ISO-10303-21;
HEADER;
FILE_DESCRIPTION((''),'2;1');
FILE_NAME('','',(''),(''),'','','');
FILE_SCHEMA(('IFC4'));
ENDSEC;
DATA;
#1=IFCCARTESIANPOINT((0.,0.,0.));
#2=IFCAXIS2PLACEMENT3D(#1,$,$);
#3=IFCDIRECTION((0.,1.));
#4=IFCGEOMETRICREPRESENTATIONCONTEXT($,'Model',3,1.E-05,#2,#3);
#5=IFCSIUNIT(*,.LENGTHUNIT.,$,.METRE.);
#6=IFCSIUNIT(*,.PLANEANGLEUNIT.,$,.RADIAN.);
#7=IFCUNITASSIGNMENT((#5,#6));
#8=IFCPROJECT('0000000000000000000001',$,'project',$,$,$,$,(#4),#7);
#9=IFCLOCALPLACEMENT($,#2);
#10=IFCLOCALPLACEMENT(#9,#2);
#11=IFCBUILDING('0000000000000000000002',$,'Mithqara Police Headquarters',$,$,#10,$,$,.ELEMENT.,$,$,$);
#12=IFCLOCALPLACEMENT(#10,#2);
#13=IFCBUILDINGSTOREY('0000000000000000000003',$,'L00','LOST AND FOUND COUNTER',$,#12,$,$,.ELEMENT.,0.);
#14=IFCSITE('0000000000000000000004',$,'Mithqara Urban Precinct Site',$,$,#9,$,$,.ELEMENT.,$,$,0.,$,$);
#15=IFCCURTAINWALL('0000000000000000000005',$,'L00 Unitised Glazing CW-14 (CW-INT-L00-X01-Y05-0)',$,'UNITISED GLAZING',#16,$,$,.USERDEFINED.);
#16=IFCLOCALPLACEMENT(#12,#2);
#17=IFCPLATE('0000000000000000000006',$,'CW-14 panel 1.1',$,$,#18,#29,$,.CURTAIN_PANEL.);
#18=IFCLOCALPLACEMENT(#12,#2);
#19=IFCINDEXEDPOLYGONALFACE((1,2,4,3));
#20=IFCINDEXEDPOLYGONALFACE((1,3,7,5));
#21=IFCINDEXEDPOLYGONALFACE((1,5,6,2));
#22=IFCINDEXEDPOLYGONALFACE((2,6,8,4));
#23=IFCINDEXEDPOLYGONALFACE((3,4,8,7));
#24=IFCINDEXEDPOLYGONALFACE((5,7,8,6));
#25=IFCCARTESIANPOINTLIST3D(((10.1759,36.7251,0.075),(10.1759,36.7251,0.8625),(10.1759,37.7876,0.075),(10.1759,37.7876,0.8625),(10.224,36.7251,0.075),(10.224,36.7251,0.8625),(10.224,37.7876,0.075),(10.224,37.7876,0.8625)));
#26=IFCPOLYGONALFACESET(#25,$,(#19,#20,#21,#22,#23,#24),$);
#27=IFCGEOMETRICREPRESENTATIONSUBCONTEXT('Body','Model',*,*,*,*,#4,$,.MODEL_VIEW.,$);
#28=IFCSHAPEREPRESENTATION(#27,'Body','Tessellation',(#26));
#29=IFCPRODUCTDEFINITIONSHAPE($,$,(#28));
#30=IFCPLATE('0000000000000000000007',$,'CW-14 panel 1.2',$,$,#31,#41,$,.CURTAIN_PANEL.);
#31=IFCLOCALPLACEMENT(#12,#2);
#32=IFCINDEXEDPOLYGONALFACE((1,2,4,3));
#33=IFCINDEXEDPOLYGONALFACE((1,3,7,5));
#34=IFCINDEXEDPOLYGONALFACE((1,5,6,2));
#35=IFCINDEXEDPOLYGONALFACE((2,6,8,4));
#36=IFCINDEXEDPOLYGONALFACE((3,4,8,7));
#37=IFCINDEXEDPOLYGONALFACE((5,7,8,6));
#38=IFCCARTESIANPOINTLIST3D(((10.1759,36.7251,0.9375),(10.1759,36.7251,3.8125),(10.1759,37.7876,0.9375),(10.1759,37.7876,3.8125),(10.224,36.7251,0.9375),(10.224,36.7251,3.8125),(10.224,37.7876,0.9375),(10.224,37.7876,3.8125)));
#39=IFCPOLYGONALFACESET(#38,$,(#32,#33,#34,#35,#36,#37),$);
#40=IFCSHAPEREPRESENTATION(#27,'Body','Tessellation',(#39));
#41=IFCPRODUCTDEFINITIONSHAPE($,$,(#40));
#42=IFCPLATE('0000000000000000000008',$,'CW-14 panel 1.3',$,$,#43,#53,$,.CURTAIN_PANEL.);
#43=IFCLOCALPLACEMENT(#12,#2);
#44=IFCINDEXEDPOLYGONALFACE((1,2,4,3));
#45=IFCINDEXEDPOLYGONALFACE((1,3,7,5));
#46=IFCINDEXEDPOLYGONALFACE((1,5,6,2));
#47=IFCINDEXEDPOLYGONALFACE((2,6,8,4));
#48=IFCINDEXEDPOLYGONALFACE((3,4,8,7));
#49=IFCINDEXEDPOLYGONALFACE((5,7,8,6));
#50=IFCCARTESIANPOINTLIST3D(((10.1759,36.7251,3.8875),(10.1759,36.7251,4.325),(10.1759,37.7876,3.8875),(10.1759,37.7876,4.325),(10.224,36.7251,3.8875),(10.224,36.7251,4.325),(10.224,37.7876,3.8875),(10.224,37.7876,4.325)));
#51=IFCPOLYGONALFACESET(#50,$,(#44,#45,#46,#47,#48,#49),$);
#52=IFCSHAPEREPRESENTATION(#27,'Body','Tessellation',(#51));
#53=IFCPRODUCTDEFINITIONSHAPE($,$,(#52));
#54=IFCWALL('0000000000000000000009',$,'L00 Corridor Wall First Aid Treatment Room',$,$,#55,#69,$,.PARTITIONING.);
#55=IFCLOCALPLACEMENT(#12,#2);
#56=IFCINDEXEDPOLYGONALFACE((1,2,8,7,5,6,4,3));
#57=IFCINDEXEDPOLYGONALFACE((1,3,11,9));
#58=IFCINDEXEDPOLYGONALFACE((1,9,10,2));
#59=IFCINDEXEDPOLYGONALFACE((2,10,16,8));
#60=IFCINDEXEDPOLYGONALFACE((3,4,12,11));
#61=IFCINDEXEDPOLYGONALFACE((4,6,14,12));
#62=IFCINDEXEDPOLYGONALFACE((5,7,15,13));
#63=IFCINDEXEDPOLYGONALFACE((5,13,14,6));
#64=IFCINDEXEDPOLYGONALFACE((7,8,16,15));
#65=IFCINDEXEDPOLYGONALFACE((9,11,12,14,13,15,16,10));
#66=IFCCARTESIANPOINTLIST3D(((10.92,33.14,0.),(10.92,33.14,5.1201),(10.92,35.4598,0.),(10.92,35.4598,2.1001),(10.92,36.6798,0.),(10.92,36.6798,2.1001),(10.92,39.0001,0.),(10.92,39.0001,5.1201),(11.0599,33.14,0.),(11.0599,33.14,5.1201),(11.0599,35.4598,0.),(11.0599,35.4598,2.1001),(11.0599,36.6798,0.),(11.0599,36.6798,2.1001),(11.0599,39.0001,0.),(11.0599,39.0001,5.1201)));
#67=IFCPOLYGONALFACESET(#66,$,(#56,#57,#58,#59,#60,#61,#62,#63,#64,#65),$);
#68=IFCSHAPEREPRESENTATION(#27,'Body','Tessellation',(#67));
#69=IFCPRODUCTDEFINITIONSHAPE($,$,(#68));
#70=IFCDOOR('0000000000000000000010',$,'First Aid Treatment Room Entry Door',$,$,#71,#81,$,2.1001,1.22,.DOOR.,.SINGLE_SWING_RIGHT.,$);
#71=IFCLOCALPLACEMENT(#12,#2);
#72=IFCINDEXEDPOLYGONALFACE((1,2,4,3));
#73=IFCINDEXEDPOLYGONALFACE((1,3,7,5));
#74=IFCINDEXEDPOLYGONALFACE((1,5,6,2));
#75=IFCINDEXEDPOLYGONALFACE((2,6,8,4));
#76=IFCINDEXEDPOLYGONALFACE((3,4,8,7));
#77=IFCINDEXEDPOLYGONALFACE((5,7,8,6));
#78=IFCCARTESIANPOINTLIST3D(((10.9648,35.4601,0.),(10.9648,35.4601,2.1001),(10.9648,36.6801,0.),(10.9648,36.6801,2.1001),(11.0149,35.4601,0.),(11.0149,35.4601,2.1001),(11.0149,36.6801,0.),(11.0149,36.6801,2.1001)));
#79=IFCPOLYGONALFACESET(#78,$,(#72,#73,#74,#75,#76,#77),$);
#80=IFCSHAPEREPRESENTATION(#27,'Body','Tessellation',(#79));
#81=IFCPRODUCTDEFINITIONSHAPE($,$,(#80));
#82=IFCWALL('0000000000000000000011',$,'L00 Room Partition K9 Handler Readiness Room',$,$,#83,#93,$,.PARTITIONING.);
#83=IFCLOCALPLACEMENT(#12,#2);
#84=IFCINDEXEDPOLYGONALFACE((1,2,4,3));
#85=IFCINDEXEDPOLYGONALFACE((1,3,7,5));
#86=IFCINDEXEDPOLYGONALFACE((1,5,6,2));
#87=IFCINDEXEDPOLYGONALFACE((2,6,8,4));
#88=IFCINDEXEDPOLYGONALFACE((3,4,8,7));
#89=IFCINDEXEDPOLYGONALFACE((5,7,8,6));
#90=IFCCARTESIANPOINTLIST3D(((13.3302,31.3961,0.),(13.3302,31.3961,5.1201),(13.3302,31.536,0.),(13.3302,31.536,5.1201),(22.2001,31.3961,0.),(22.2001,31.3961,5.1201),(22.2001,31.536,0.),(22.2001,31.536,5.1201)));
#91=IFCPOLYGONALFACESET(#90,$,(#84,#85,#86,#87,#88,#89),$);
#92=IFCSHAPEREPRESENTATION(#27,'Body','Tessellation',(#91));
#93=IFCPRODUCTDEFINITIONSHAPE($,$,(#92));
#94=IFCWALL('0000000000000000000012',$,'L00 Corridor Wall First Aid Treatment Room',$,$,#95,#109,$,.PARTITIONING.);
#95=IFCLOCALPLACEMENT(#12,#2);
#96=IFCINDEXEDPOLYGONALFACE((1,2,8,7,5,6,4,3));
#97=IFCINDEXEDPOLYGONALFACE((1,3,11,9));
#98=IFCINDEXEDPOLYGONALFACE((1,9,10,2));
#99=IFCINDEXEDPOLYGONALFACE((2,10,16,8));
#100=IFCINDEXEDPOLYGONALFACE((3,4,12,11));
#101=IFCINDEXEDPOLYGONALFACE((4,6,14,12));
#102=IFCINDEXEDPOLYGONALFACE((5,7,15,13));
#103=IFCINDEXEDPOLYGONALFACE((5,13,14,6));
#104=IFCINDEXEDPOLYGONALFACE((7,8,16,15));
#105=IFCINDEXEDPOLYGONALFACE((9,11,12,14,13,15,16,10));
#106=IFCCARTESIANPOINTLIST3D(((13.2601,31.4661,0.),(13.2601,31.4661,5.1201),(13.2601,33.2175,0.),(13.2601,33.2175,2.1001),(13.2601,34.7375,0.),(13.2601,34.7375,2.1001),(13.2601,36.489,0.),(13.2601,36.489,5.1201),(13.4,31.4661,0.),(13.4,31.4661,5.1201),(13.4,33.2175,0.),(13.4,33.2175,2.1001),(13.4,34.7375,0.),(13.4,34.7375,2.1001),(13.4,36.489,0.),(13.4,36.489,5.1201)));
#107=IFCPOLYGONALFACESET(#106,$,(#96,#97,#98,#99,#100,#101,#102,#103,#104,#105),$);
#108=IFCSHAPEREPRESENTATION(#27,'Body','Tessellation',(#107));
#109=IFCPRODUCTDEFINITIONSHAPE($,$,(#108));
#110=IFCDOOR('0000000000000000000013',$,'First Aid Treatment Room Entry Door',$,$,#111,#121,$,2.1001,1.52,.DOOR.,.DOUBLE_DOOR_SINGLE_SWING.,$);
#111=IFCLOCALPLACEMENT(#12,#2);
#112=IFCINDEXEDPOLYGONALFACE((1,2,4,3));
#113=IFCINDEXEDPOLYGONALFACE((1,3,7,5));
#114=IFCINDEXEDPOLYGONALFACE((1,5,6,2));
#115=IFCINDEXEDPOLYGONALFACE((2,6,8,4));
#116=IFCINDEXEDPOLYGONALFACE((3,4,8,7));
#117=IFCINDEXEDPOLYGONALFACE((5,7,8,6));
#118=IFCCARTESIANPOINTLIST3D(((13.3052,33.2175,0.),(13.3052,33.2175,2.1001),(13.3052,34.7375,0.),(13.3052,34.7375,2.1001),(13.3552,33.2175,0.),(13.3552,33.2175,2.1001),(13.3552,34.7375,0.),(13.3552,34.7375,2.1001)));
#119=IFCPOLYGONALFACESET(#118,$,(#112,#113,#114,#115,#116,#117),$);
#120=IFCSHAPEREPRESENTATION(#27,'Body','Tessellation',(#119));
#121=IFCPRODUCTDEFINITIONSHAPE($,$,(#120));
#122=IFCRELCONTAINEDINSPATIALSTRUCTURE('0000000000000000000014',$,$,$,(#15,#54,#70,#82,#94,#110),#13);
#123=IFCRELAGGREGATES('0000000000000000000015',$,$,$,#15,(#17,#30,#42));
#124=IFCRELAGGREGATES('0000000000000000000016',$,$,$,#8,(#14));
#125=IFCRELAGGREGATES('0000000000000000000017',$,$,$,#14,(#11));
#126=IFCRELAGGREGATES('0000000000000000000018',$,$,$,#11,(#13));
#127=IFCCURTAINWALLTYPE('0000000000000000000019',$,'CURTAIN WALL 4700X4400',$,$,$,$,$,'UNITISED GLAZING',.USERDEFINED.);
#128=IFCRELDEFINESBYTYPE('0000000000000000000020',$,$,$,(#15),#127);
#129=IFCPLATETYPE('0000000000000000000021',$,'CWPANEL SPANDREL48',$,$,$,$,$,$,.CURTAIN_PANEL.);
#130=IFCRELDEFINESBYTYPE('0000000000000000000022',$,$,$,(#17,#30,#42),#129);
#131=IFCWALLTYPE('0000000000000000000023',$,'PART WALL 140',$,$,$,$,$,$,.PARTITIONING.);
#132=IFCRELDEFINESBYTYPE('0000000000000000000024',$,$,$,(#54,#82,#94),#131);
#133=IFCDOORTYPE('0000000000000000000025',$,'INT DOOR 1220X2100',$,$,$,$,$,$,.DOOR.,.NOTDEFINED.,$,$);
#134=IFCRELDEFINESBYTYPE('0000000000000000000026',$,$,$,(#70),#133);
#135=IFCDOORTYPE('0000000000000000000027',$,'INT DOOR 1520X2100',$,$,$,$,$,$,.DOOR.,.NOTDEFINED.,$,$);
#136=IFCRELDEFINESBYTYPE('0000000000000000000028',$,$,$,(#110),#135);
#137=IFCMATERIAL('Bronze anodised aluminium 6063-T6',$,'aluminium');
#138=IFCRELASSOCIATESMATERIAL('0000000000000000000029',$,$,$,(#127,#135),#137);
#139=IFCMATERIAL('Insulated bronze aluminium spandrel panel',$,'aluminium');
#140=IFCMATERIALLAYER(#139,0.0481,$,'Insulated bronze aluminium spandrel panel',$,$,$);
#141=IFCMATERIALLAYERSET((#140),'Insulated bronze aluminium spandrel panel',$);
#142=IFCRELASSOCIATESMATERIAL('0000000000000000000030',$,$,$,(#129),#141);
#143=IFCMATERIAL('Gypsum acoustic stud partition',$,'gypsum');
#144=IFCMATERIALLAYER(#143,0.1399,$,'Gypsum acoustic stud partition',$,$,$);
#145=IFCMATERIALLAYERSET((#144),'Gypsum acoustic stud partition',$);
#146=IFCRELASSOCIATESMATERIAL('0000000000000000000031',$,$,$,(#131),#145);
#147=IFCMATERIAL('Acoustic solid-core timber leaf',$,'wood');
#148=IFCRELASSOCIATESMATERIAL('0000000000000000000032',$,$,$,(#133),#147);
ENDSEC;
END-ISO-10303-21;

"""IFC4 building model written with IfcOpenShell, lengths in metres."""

from ifc_helpers import new_model, si_unit, direction, frame, frame_2d, origin, origin_2d, place, context, subcontext, project, spatial, rectangle, extrude, material, layer, layer_set, type_object, element, fill, aggregate, save


model = new_model("IFC4")

# Units and contexts
model_context = context("Model", 3, precision=1e-05, world=origin(), true_north=direction((0.0, 1.0)))
body_context = subcontext(model_context, "Body", "Model", "MODEL_VIEW")
ifc_project = project(units=[si_unit("LENGTHUNIT", "METRE"), si_unit("PLANEANGLEUNIT", "RADIAN")], contexts=[model_context])

# Site, building, storey
site_placement = place(None, origin())
site = spatial("IfcSite", under=ifc_project, at=site_placement, Name="Mithqara Urban Precinct Site", CompositionType="ELEMENT", RefElevation=0.0)
building_placement = place(site_placement, origin())
building = spatial("IfcBuilding", under=site, at=building_placement, Name="Mithqara Police Headquarters", CompositionType="ELEMENT")
storey_placement = place(building_placement, origin())
storey = spatial("IfcBuildingStorey", under=building, at=storey_placement, Name="L00", Description="LOST AND FOUND COUNTER", CompositionType="ELEMENT", Elevation=0.0)

# Curtain wall
ifc_material_1 = material(Name="Bronze anodised aluminium 6063-T6", Category="aluminium")
curtain_wall_type = type_object("IfcCurtainWallType", Name="CURTAIN WALL 4700X4400", ElementType="UNITISED GLAZING", PredefinedType="USERDEFINED", material=ifc_material_1)
curtain_wall_1_placement = place(storey_placement, origin())
curtain_wall_1 = element("IfcCurtainWall", 1, at=curtain_wall_1_placement, inside=storey, type_object=curtain_wall_type, Name="L00 Unitised Glazing CW-14 (CW-INT-L00-X01-Y05-0)", ObjectType="UNITISED GLAZING", PredefinedType="USERDEFINED")

# Plates
ifc_material_2 = material(Name="Insulated bronze aluminium spandrel panel", Category="aluminium")
ifc_layer_1 = layer(ifc_material_2, 0.0481, Name="Insulated bronze aluminium spandrel panel")
ifc_layer_set_1 = layer_set([ifc_layer_1], Name="Insulated bronze aluminium spandrel panel")
plate_type_1 = type_object("IfcPlateType", Name="CWPANEL SPANDREL48", PredefinedType="CURTAIN_PANEL", material=ifc_layer_set_1)
plate_1_placement = place(storey_placement, frame((10.2, 37.2563, 0.075), z_axis=(0.0, 0.0, 1.0), x_axis=(0.0, 1.0, 0.0)))
plate_1 = element("IfcPlate", 2, at=plate_1_placement, type_object=plate_type_1, Name="CW-14 panel 1.1", PredefinedType="CURTAIN_PANEL", context=body_context, shape_type="SweptSolid", body=[
    extrude(rectangle(XDim=1.0625, YDim=0.0481, at=origin_2d()), origin(), (0.0, 0.0, 1.0), 0.7876),
])
plate_2_placement = place(storey_placement, frame((10.2, 37.2563, 0.9375), z_axis=(0.0, 0.0, 1.0), x_axis=(0.0, 1.0, 0.0)))
plate_2 = element("IfcPlate", 3, at=plate_2_placement, type_object=plate_type_1, Name="CW-14 panel 1.2", PredefinedType="CURTAIN_PANEL", context=body_context, shape_type="SweptSolid", body=[
    extrude(rectangle(XDim=1.0625, YDim=0.0481, at=origin_2d()), origin(), (0.0, 0.0, 1.0), 2.875),
])
plate_3_placement = place(storey_placement, frame((10.2, 37.2563, 3.8875), z_axis=(0.0, 0.0, 1.0), x_axis=(0.0, 1.0, 0.0)))
plate_3 = element("IfcPlate", 4, at=plate_3_placement, type_object=plate_type_1, Name="CW-14 panel 1.3", PredefinedType="CURTAIN_PANEL", context=body_context, shape_type="SweptSolid", body=[
    extrude(rectangle(XDim=1.0625, YDim=0.0481, at=origin_2d()), origin(), (0.0, 0.0, 1.0), 0.4375),
])
aggregate(curtain_wall_1, [plate_1, plate_2, plate_3])

# Wall, opening, door
ifc_material_3 = material(Name="Gypsum acoustic stud partition", Category="gypsum")
ifc_layer_2 = layer(ifc_material_3, 0.1399, Name="Gypsum acoustic stud partition")
ifc_layer_set_2 = layer_set([ifc_layer_2], Name="Gypsum acoustic stud partition")
wall_type = type_object("IfcWallType", Name="PART WALL 140", PredefinedType="PARTITIONING", material=ifc_layer_set_2)
wall_1_placement = place(storey_placement, frame((10.99, 33.1399, 0.0), z_axis=(0.0, 0.0, 1.0), x_axis=(0.0, 1.0, 0.0)))
wall_1 = element("IfcWall", 5, at=wall_1_placement, inside=storey, type_object=wall_type, Name="L00 Corridor Wall First Aid Treatment Room", PredefinedType="PARTITIONING", context=body_context, shape_type="SweptSolid", body=[
    extrude(rectangle(XDim=5.8601, YDim=0.1399, at=frame_2d((2.9302, 0.0))), origin(), (0.0, 0.0, 1.0), 5.1201),
])
opening_1_placement = place(wall_1_placement, frame((2.3201, 0.0, 0.0)))
opening_1 = element("IfcOpeningElement", 6, at=opening_1_placement, cuts=wall_1, PredefinedType="OPENING", context=body_context, shape_type="SweptSolid", body=[
    extrude(rectangle(XDim=1.22, YDim=2.1001, at=frame_2d((0.6099, 1.05))), frame((0.0, 0.0801, 0.0), z_axis=(0.0, -1.0, 0.0), x_axis=(1.0, 0.0, 0.0)), (0.0, 0.0, 1.0), 0.1599),
])
ifc_material_4 = material(Name="Acoustic solid-core timber leaf", Category="wood")
door_type_1 = type_object("IfcDoorType", Name="INT DOOR 1220X2100", OperationType="NOTDEFINED", PredefinedType="DOOR", material=ifc_material_4)
door_1_placement = place(opening_1_placement, frame((1.22, 0.0, 0.0), z_axis=(0.0, 0.0, 1.0), x_axis=(-1.0, 0.0, 0.0)))
door_1 = element("IfcDoor", 7, at=door_1_placement, inside=storey, type_object=door_type_1, Name="First Aid Treatment Room Entry Door", OperationType="SINGLE_SWING_RIGHT", OverallHeight=2.1001, OverallWidth=1.22, PredefinedType="DOOR", context=body_context, shape_type="SweptSolid", body=[
    extrude(rectangle(XDim=1.22, YDim=2.1001, at=frame_2d((0.6099, 1.05))), frame((0.0, 0.0249, 0.0), z_axis=(0.0, -1.0, 0.0), x_axis=(1.0, 0.0, 0.0)), (0.0, 0.0, 1.0), 0.05),
])
fill(opening_1, door_1)

# Wall
wall_2_placement = place(storey_placement, frame((13.3301, 31.4661, 0.0), z_axis=(0.0, 0.0, 1.0), x_axis=(1.0, 0.0, 0.0)))
element("IfcWall", 8, at=wall_2_placement, inside=storey, type_object=wall_type, Name="L00 Room Partition K9 Handler Readiness Room", PredefinedType="PARTITIONING", context=body_context, shape_type="SweptSolid", body=[
    extrude(rectangle(XDim=8.8699, YDim=0.1399, at=frame_2d((4.4351, 0.0))), origin(), (0.0, 0.0, 1.0), 5.1201),
])

# Wall, opening, door
wall_3_placement = place(storey_placement, frame((13.3301, 31.4661, 0.0), z_axis=(0.0, 0.0, 1.0), x_axis=(0.0, 1.0, 0.0)))
wall_3 = element("IfcWall", 9, at=wall_3_placement, inside=storey, type_object=wall_type, Name="L00 Corridor Wall First Aid Treatment Room", PredefinedType="PARTITIONING", context=body_context, shape_type="SweptSolid", body=[
    extrude(rectangle(XDim=5.0229, YDim=0.1399, at=frame_2d((2.5115, 0.0))), origin(), (0.0, 0.0, 1.0), 5.1201),
])
opening_2_placement = place(wall_3_placement, frame((1.7515, 0.0, 0.0)))
opening_2 = element("IfcOpeningElement", 10, at=opening_2_placement, cuts=wall_3, PredefinedType="OPENING", context=body_context, shape_type="SweptSolid", body=[
    extrude(rectangle(XDim=1.52, YDim=2.1001, at=frame_2d((0.76, 1.05))), frame((0.0, 0.0801, 0.0), z_axis=(0.0, -1.0, 0.0), x_axis=(1.0, 0.0, 0.0)), (0.0, 0.0, 1.0), 0.1599),
])
door_type_2 = type_object("IfcDoorType", Name="INT DOOR 1520X2100", OperationType="NOTDEFINED", PredefinedType="DOOR", material=ifc_material_1)
door_2_placement = place(opening_2_placement, origin())
door_2 = element("IfcDoor", 11, at=door_2_placement, inside=storey, type_object=door_type_2, Name="First Aid Treatment Room Entry Door", OperationType="DOUBLE_DOOR_SINGLE_SWING", OverallHeight=2.1001, OverallWidth=1.52, PredefinedType="DOOR", context=body_context, shape_type="SweptSolid", body=[
    extrude(rectangle(XDim=1.52, YDim=2.1001, at=frame_2d((0.76, 1.05))), frame((0.0, 0.0249, 0.0), z_axis=(0.0, -1.0, 0.0), x_axis=(1.0, 0.0, 0.0)), (0.0, 0.0, 1.0), 0.05),
])
fill(opening_2, door_2)

save(model, "model.ifc")
